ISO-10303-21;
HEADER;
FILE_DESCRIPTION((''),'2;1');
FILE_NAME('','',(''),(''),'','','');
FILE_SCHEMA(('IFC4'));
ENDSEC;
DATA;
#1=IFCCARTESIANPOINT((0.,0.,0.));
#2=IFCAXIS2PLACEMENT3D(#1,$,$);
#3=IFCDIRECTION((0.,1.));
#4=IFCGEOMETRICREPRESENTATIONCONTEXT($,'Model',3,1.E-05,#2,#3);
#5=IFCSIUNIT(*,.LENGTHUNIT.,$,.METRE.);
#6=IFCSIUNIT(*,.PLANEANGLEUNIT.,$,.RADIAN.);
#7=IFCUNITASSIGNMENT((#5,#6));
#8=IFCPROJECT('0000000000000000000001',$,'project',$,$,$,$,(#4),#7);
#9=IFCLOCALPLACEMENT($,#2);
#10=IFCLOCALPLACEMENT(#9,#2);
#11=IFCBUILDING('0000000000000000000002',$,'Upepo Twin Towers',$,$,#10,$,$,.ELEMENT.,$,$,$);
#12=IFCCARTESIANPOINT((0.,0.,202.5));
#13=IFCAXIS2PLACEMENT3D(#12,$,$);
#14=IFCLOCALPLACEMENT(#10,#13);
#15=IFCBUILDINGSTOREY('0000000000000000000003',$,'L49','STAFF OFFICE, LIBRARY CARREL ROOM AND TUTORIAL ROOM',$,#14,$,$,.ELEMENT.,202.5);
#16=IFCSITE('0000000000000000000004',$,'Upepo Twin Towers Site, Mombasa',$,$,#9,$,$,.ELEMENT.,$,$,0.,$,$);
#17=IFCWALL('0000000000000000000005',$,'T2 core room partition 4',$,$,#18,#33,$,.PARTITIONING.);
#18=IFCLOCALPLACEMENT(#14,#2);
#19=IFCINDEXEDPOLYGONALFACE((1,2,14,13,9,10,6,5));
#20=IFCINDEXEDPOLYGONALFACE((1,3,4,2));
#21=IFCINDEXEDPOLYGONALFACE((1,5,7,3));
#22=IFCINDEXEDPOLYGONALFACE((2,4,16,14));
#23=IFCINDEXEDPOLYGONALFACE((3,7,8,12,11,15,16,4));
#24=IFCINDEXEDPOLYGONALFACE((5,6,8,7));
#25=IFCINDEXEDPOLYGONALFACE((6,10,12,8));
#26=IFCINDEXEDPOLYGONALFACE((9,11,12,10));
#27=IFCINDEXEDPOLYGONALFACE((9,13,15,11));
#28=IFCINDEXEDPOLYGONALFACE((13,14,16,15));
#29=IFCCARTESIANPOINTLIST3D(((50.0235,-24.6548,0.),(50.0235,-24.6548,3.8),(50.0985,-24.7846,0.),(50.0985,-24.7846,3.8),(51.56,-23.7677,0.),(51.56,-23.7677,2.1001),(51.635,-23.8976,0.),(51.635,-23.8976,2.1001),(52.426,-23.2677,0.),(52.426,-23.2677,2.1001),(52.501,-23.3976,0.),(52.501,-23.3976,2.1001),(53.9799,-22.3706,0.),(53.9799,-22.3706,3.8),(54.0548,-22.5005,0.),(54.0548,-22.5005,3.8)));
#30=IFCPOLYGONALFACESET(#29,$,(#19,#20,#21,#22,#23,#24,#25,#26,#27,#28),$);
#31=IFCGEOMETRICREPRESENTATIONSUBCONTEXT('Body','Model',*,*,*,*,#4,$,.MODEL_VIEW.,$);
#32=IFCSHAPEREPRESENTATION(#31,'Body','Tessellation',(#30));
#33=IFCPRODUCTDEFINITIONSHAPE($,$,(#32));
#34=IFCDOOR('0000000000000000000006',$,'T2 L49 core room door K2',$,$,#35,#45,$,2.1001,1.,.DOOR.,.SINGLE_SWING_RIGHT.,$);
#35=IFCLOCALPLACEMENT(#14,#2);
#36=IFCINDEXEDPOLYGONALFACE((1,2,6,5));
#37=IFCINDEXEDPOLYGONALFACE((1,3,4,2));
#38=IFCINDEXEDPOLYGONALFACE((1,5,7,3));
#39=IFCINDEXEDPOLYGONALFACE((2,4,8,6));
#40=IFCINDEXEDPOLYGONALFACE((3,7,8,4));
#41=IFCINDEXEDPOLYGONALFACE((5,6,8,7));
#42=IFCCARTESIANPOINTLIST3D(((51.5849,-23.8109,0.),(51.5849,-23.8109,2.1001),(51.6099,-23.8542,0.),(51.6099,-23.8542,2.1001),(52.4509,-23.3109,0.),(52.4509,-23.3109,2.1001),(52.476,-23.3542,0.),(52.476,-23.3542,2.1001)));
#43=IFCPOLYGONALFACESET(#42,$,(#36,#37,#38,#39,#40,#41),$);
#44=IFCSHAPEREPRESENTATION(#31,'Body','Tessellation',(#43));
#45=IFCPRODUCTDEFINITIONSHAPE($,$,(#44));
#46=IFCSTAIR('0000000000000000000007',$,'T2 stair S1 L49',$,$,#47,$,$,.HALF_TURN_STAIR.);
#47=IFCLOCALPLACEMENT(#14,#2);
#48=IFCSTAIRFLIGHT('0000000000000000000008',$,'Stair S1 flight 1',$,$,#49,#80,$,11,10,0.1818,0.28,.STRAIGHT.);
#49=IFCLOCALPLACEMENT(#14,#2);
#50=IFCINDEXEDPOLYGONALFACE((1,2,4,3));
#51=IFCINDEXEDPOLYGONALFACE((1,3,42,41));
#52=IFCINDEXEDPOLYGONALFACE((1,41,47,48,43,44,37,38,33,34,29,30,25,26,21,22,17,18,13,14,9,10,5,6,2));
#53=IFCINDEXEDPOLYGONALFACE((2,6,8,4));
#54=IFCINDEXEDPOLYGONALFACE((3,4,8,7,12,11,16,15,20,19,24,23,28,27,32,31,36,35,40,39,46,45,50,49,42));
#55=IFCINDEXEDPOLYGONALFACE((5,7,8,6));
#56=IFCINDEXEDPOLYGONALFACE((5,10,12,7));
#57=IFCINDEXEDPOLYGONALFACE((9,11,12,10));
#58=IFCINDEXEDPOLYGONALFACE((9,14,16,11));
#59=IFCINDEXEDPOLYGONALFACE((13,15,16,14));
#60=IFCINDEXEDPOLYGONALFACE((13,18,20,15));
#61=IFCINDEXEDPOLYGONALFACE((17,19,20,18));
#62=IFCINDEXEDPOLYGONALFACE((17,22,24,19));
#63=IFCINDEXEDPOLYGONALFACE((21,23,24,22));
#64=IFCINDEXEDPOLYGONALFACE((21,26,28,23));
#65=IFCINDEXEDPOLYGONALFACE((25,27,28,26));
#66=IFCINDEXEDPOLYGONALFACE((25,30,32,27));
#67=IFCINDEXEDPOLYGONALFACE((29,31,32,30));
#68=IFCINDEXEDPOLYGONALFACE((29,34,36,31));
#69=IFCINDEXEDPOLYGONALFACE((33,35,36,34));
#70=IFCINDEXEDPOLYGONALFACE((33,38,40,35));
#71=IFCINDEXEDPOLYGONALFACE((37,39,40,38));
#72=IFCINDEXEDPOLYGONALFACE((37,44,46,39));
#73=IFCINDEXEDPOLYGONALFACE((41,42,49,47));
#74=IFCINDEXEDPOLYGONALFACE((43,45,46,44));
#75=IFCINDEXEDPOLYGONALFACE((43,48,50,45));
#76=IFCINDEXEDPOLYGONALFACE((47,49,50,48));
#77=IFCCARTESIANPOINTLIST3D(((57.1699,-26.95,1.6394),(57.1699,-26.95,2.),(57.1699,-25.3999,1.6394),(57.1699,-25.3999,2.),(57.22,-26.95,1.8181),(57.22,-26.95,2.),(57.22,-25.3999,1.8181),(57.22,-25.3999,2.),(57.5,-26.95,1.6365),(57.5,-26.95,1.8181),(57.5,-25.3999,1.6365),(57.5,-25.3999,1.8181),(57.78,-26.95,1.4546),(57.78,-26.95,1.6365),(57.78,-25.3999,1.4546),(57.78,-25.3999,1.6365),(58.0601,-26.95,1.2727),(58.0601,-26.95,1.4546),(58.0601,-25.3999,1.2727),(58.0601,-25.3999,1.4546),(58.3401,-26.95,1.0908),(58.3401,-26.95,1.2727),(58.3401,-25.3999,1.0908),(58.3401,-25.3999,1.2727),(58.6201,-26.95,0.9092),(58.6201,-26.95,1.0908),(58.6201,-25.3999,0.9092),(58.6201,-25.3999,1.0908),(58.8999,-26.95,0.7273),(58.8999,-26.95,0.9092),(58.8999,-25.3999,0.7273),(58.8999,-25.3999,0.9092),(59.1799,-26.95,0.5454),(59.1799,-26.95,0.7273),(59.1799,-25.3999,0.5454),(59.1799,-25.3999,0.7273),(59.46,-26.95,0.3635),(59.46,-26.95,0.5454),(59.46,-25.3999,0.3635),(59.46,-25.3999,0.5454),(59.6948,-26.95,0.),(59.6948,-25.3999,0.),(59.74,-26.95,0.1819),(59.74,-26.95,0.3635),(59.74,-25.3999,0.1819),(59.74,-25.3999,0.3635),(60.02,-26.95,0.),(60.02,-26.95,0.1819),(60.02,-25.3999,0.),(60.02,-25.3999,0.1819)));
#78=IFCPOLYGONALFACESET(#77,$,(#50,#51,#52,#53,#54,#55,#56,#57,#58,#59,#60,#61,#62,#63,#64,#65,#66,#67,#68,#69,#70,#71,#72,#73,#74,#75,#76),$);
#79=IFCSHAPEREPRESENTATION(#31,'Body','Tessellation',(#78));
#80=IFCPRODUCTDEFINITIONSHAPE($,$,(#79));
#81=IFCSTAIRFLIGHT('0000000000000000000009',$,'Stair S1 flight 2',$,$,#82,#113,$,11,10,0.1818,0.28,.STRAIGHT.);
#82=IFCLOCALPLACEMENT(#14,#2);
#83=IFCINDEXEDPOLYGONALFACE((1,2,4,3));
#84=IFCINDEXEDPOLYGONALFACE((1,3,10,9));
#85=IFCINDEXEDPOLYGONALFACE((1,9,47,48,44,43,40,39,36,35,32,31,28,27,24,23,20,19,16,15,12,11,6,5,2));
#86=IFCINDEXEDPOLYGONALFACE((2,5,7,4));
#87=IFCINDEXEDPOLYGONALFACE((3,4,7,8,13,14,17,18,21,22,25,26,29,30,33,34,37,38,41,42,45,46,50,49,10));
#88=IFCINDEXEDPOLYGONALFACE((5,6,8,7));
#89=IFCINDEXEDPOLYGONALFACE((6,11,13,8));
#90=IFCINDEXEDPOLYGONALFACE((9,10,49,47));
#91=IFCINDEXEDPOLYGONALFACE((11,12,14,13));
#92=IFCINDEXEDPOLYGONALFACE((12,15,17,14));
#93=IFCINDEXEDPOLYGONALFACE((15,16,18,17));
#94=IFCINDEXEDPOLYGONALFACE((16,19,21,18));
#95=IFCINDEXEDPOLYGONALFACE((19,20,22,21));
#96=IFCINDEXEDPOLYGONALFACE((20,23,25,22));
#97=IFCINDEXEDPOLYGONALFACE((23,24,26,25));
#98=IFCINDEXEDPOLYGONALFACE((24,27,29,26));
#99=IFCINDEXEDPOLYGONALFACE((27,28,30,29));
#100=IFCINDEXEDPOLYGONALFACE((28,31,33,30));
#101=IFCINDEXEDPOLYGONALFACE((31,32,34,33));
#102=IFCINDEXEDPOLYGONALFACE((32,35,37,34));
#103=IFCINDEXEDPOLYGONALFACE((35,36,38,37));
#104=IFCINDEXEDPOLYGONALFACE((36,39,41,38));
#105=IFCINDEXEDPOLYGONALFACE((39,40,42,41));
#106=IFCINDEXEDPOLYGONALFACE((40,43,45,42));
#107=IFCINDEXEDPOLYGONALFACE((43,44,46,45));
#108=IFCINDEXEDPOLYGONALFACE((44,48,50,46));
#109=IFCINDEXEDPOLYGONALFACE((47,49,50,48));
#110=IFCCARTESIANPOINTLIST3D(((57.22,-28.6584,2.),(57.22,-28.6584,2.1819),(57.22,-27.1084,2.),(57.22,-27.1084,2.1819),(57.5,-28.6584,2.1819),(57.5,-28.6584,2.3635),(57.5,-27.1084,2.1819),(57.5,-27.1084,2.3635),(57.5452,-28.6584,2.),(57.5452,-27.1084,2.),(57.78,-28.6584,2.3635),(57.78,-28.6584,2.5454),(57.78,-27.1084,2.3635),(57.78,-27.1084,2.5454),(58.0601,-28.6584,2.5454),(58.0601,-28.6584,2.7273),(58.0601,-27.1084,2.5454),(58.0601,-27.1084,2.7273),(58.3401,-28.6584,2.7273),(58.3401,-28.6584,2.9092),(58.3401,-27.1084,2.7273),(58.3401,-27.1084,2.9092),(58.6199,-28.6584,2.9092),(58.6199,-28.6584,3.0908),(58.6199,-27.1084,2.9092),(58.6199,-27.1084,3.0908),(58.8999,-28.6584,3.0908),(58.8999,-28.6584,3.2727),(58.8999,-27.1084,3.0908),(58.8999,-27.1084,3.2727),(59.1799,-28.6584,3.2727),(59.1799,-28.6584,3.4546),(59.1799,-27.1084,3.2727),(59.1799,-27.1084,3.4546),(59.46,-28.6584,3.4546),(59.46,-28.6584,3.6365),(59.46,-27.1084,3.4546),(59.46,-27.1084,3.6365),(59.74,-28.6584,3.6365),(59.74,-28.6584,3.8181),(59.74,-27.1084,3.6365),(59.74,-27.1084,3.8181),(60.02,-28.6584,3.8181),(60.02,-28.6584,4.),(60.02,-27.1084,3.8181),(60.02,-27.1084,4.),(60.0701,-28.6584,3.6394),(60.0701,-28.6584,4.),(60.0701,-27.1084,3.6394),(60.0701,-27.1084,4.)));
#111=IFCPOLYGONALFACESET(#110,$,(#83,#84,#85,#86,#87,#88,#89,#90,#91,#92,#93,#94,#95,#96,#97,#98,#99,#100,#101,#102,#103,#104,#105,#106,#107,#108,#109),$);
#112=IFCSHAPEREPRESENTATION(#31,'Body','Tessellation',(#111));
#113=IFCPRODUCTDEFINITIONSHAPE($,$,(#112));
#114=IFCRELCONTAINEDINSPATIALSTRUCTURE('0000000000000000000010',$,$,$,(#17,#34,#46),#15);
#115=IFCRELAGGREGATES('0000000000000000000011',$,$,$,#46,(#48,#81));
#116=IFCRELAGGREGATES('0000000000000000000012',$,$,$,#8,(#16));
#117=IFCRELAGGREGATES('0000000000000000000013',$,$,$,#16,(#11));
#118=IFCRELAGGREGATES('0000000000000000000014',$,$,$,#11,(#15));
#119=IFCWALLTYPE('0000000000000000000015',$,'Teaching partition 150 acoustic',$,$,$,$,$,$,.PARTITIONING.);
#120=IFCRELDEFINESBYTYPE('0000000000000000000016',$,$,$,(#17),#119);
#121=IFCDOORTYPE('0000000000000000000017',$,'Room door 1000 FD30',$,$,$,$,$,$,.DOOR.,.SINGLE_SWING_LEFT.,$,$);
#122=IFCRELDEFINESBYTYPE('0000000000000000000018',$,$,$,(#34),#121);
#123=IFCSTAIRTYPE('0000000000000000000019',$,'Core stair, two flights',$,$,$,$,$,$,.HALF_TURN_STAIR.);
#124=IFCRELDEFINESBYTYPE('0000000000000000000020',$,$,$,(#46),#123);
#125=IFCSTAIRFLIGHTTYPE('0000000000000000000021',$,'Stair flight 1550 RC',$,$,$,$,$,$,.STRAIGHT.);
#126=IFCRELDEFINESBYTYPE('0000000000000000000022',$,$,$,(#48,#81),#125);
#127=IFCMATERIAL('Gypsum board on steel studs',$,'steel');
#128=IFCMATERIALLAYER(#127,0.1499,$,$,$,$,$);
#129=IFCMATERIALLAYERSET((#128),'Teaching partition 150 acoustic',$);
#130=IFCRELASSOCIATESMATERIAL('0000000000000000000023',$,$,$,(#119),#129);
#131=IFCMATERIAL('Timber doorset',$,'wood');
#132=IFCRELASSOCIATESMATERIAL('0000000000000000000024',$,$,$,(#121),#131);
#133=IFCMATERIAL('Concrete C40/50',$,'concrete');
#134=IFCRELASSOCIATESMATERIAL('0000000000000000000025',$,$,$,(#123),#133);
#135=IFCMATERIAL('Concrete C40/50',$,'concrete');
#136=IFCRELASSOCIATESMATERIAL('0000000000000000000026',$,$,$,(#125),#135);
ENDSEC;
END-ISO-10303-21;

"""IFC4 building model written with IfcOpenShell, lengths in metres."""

from ifc_helpers import new_model, si_unit, direction, frame, frame_2d, origin, place, context, subcontext, project, spatial, polyline, rectangle, outline, extrude, material, layer, layer_set, type_object, element, fill, aggregate, save


model = new_model("IFC4")

# Units and contexts
model_context = context("Model", 3, precision=1e-05, world=origin(), true_north=direction((0.0, 1.0)))
body_context = subcontext(model_context, "Body", "Model", "MODEL_VIEW")
ifc_project = project(units=[si_unit("LENGTHUNIT", "METRE"), si_unit("PLANEANGLEUNIT", "RADIAN")], contexts=[model_context])

# Site, building, storey
site_placement = place(None, origin())
site = spatial("IfcSite", under=ifc_project, at=site_placement, Name="Upepo Twin Towers Site, Mombasa", CompositionType="ELEMENT", RefElevation=0.0)
building_placement = place(site_placement, origin())
building = spatial("IfcBuilding", under=site, at=building_placement, Name="Upepo Twin Towers", CompositionType="ELEMENT")
storey_placement = place(building_placement, frame((0.0, 0.0, 202.5)))
storey = spatial("IfcBuildingStorey", under=building, at=storey_placement, Name="L49", Description="STAFF OFFICE, LIBRARY CARREL ROOM AND TUTORIAL ROOM", CompositionType="ELEMENT", Elevation=202.5)

# Shared definitions
ifc_material_1 = material(Name="Gypsum board on steel studs", Category="steel")
ifc_layer_1 = layer(ifc_material_1, 0.1499)
ifc_layer_set_1 = layer_set([ifc_layer_1], Name="Teaching partition 150 acoustic")
wall_type_1 = type_object("IfcWallType", Name="Teaching partition 150 acoustic", PredefinedType="PARTITIONING", material=ifc_layer_set_1)

# Wall, opening, door
wall_1_placement = place(storey_placement, frame((54.0173, -22.4355, 0.0), z_axis=(0.0, 0.0, 1.0), x_axis=(-0.866025, -0.500002, 0.0)))
wall_1 = element("IfcWall", 1, at=wall_1_placement, inside=storey, type_object=wall_type_1, Name="T2 core room partition 4", PredefinedType="PARTITIONING", context=body_context, shape_type="SweptSolid", body=[
    extrude(rectangle(XDim=4.5684, YDim=0.1499, at=frame_2d((2.2842, 0.0))), origin(), (0.0, 0.0, 1.0), 3.8),
])
opening_1_placement = place(wall_1_placement, frame((1.7942, 0.0, 0.0)))
opening_1 = element("IfcOpeningElement", 2, at=opening_1_placement, cuts=wall_1, PredefinedType="OPENING", context=body_context, shape_type="SweptSolid", body=[
    extrude(rectangle(XDim=1.0, YDim=2.1001, at=frame_2d((0.5, 1.05))), frame((0.0, 0.085, 0.0), z_axis=(0.0, -1.0, 0.0), x_axis=(1.0, 0.0, 0.0)), (0.0, 0.0, 1.0), 0.1699),
])
ifc_material_2 = material(Name="Timber doorset", Category="wood")
door_type_1 = type_object("IfcDoorType", Name="Room door 1000 FD30", OperationType="SINGLE_SWING_LEFT", PredefinedType="DOOR", material=ifc_material_2)
door_1_placement = place(opening_1_placement, origin())
door_1 = element("IfcDoor", 3, at=door_1_placement, inside=storey, type_object=door_type_1, Name="T2 L49 core room door K2", OperationType="SINGLE_SWING_RIGHT", OverallHeight=2.1001, OverallWidth=1.0, PredefinedType="DOOR", context=body_context, shape_type="SweptSolid", body=[
    extrude(rectangle(XDim=1.0, YDim=2.1001, at=frame_2d((0.5, 1.05))), frame((0.0, 0.0249, 0.0), z_axis=(0.0, -1.0, 0.0), x_axis=(1.0, 0.0, 0.0)), (0.0, 0.0, 1.0), 0.05),
])
fill(opening_1, door_1)

# Stair, stair flights
ifc_material_3 = material(Name="Concrete C40/50", Category="concrete")
stair_type = type_object("IfcStairType", Name="Core stair, two flights", PredefinedType="HALF_TURN_STAIR", material=ifc_material_3)
stair_placement = place(storey_placement, origin())
stair = element("IfcStair", 4, at=stair_placement, inside=storey, type_object=stair_type, Name="T2 stair S1 L49", PredefinedType="HALF_TURN_STAIR")
ifc_material_4 = material(Name="Concrete C40/50", Category="concrete")
stair_flight_type = type_object("IfcStairFlightType", Name="Stair flight 1550 RC", PredefinedType="STRAIGHT", material=ifc_material_4)
stair_flight_1_placement = place(storey_placement, frame((60.02, -26.175, 0.0), z_axis=(0.0, 0.0, 1.0), x_axis=(-1.0, 0.0, 0.0)))
stair_flight_1 = element("IfcStairFlight", 5, at=stair_flight_1_placement, type_object=stair_flight_type, Name="Stair S1 flight 1", NumberOfRisers=11, NumberOfTreads=10, PredefinedType="STRAIGHT", RiserHeight=0.1818, TreadLength=0.28, context=body_context, shape_type="SweptSolid", body=[
    extrude(outline(polyline([(0.0, 0.0), (0.0, 0.1819), (0.28, 0.1819), (0.28, 0.3635), (0.5601, 0.3635), (0.5601, 0.5454), (0.8401, 0.5454), (0.8401, 0.7273), (1.1201, 0.7273), (1.1201, 0.9092), (1.3999, 0.9092), (1.3999, 1.0908), (1.6799, 1.0908), (1.6799, 1.2727), (1.96, 1.2727), (1.96, 1.4546), (2.24, 1.4546), (2.24, 1.6365), (2.52, 1.6365), (2.52, 1.8181), (2.8, 1.8181), (2.8, 2.0), (2.8501, 2.0), (2.8501, 1.6394), (0.3252, 0.0), (0.0, 0.0)])), frame((0.0, 0.7749, 0.0), z_axis=(0.0, -1.0, 0.0), x_axis=(1.0, 0.0, 0.0)), (0.0, 0.0, 1.0), 1.55),
])
stair_flight_2_placement = place(storey_placement, frame((57.22, -27.8833, 2.0), z_axis=(0.0, 0.0, 1.0), x_axis=(1.0, 0.0, 0.0)))
stair_flight_2 = element("IfcStairFlight", 6, at=stair_flight_2_placement, type_object=stair_flight_type, Name="Stair S1 flight 2", NumberOfRisers=11, NumberOfTreads=10, PredefinedType="STRAIGHT", RiserHeight=0.1818, TreadLength=0.28, context=body_context, shape_type="SweptSolid", body=[
    extrude(outline(polyline([(0.0, 0.0), (0.0, 0.1819), (0.28, 0.1819), (0.28, 0.3635), (0.5601, 0.3635), (0.5601, 0.5454), (0.8401, 0.5454), (0.8401, 0.7273), (1.1201, 0.7273), (1.1201, 0.9092), (1.3999, 0.9092), (1.3999, 1.0908), (1.6799, 1.0908), (1.6799, 1.2727), (1.96, 1.2727), (1.96, 1.4546), (2.24, 1.4546), (2.24, 1.6365), (2.52, 1.6365), (2.52, 1.8181), (2.8, 1.8181), (2.8, 2.0), (2.8501, 2.0), (2.8501, 1.6394), (0.3252, 0.0), (0.0, 0.0)])), frame((0.0, 0.7749, 0.0), z_axis=(0.0, -1.0, 0.0), x_axis=(1.0, 0.0, 0.0)), (0.0, 0.0, 1.0), 1.55),
])
aggregate(stair, [stair_flight_1, stair_flight_2])

save(model, "model.ifc")
